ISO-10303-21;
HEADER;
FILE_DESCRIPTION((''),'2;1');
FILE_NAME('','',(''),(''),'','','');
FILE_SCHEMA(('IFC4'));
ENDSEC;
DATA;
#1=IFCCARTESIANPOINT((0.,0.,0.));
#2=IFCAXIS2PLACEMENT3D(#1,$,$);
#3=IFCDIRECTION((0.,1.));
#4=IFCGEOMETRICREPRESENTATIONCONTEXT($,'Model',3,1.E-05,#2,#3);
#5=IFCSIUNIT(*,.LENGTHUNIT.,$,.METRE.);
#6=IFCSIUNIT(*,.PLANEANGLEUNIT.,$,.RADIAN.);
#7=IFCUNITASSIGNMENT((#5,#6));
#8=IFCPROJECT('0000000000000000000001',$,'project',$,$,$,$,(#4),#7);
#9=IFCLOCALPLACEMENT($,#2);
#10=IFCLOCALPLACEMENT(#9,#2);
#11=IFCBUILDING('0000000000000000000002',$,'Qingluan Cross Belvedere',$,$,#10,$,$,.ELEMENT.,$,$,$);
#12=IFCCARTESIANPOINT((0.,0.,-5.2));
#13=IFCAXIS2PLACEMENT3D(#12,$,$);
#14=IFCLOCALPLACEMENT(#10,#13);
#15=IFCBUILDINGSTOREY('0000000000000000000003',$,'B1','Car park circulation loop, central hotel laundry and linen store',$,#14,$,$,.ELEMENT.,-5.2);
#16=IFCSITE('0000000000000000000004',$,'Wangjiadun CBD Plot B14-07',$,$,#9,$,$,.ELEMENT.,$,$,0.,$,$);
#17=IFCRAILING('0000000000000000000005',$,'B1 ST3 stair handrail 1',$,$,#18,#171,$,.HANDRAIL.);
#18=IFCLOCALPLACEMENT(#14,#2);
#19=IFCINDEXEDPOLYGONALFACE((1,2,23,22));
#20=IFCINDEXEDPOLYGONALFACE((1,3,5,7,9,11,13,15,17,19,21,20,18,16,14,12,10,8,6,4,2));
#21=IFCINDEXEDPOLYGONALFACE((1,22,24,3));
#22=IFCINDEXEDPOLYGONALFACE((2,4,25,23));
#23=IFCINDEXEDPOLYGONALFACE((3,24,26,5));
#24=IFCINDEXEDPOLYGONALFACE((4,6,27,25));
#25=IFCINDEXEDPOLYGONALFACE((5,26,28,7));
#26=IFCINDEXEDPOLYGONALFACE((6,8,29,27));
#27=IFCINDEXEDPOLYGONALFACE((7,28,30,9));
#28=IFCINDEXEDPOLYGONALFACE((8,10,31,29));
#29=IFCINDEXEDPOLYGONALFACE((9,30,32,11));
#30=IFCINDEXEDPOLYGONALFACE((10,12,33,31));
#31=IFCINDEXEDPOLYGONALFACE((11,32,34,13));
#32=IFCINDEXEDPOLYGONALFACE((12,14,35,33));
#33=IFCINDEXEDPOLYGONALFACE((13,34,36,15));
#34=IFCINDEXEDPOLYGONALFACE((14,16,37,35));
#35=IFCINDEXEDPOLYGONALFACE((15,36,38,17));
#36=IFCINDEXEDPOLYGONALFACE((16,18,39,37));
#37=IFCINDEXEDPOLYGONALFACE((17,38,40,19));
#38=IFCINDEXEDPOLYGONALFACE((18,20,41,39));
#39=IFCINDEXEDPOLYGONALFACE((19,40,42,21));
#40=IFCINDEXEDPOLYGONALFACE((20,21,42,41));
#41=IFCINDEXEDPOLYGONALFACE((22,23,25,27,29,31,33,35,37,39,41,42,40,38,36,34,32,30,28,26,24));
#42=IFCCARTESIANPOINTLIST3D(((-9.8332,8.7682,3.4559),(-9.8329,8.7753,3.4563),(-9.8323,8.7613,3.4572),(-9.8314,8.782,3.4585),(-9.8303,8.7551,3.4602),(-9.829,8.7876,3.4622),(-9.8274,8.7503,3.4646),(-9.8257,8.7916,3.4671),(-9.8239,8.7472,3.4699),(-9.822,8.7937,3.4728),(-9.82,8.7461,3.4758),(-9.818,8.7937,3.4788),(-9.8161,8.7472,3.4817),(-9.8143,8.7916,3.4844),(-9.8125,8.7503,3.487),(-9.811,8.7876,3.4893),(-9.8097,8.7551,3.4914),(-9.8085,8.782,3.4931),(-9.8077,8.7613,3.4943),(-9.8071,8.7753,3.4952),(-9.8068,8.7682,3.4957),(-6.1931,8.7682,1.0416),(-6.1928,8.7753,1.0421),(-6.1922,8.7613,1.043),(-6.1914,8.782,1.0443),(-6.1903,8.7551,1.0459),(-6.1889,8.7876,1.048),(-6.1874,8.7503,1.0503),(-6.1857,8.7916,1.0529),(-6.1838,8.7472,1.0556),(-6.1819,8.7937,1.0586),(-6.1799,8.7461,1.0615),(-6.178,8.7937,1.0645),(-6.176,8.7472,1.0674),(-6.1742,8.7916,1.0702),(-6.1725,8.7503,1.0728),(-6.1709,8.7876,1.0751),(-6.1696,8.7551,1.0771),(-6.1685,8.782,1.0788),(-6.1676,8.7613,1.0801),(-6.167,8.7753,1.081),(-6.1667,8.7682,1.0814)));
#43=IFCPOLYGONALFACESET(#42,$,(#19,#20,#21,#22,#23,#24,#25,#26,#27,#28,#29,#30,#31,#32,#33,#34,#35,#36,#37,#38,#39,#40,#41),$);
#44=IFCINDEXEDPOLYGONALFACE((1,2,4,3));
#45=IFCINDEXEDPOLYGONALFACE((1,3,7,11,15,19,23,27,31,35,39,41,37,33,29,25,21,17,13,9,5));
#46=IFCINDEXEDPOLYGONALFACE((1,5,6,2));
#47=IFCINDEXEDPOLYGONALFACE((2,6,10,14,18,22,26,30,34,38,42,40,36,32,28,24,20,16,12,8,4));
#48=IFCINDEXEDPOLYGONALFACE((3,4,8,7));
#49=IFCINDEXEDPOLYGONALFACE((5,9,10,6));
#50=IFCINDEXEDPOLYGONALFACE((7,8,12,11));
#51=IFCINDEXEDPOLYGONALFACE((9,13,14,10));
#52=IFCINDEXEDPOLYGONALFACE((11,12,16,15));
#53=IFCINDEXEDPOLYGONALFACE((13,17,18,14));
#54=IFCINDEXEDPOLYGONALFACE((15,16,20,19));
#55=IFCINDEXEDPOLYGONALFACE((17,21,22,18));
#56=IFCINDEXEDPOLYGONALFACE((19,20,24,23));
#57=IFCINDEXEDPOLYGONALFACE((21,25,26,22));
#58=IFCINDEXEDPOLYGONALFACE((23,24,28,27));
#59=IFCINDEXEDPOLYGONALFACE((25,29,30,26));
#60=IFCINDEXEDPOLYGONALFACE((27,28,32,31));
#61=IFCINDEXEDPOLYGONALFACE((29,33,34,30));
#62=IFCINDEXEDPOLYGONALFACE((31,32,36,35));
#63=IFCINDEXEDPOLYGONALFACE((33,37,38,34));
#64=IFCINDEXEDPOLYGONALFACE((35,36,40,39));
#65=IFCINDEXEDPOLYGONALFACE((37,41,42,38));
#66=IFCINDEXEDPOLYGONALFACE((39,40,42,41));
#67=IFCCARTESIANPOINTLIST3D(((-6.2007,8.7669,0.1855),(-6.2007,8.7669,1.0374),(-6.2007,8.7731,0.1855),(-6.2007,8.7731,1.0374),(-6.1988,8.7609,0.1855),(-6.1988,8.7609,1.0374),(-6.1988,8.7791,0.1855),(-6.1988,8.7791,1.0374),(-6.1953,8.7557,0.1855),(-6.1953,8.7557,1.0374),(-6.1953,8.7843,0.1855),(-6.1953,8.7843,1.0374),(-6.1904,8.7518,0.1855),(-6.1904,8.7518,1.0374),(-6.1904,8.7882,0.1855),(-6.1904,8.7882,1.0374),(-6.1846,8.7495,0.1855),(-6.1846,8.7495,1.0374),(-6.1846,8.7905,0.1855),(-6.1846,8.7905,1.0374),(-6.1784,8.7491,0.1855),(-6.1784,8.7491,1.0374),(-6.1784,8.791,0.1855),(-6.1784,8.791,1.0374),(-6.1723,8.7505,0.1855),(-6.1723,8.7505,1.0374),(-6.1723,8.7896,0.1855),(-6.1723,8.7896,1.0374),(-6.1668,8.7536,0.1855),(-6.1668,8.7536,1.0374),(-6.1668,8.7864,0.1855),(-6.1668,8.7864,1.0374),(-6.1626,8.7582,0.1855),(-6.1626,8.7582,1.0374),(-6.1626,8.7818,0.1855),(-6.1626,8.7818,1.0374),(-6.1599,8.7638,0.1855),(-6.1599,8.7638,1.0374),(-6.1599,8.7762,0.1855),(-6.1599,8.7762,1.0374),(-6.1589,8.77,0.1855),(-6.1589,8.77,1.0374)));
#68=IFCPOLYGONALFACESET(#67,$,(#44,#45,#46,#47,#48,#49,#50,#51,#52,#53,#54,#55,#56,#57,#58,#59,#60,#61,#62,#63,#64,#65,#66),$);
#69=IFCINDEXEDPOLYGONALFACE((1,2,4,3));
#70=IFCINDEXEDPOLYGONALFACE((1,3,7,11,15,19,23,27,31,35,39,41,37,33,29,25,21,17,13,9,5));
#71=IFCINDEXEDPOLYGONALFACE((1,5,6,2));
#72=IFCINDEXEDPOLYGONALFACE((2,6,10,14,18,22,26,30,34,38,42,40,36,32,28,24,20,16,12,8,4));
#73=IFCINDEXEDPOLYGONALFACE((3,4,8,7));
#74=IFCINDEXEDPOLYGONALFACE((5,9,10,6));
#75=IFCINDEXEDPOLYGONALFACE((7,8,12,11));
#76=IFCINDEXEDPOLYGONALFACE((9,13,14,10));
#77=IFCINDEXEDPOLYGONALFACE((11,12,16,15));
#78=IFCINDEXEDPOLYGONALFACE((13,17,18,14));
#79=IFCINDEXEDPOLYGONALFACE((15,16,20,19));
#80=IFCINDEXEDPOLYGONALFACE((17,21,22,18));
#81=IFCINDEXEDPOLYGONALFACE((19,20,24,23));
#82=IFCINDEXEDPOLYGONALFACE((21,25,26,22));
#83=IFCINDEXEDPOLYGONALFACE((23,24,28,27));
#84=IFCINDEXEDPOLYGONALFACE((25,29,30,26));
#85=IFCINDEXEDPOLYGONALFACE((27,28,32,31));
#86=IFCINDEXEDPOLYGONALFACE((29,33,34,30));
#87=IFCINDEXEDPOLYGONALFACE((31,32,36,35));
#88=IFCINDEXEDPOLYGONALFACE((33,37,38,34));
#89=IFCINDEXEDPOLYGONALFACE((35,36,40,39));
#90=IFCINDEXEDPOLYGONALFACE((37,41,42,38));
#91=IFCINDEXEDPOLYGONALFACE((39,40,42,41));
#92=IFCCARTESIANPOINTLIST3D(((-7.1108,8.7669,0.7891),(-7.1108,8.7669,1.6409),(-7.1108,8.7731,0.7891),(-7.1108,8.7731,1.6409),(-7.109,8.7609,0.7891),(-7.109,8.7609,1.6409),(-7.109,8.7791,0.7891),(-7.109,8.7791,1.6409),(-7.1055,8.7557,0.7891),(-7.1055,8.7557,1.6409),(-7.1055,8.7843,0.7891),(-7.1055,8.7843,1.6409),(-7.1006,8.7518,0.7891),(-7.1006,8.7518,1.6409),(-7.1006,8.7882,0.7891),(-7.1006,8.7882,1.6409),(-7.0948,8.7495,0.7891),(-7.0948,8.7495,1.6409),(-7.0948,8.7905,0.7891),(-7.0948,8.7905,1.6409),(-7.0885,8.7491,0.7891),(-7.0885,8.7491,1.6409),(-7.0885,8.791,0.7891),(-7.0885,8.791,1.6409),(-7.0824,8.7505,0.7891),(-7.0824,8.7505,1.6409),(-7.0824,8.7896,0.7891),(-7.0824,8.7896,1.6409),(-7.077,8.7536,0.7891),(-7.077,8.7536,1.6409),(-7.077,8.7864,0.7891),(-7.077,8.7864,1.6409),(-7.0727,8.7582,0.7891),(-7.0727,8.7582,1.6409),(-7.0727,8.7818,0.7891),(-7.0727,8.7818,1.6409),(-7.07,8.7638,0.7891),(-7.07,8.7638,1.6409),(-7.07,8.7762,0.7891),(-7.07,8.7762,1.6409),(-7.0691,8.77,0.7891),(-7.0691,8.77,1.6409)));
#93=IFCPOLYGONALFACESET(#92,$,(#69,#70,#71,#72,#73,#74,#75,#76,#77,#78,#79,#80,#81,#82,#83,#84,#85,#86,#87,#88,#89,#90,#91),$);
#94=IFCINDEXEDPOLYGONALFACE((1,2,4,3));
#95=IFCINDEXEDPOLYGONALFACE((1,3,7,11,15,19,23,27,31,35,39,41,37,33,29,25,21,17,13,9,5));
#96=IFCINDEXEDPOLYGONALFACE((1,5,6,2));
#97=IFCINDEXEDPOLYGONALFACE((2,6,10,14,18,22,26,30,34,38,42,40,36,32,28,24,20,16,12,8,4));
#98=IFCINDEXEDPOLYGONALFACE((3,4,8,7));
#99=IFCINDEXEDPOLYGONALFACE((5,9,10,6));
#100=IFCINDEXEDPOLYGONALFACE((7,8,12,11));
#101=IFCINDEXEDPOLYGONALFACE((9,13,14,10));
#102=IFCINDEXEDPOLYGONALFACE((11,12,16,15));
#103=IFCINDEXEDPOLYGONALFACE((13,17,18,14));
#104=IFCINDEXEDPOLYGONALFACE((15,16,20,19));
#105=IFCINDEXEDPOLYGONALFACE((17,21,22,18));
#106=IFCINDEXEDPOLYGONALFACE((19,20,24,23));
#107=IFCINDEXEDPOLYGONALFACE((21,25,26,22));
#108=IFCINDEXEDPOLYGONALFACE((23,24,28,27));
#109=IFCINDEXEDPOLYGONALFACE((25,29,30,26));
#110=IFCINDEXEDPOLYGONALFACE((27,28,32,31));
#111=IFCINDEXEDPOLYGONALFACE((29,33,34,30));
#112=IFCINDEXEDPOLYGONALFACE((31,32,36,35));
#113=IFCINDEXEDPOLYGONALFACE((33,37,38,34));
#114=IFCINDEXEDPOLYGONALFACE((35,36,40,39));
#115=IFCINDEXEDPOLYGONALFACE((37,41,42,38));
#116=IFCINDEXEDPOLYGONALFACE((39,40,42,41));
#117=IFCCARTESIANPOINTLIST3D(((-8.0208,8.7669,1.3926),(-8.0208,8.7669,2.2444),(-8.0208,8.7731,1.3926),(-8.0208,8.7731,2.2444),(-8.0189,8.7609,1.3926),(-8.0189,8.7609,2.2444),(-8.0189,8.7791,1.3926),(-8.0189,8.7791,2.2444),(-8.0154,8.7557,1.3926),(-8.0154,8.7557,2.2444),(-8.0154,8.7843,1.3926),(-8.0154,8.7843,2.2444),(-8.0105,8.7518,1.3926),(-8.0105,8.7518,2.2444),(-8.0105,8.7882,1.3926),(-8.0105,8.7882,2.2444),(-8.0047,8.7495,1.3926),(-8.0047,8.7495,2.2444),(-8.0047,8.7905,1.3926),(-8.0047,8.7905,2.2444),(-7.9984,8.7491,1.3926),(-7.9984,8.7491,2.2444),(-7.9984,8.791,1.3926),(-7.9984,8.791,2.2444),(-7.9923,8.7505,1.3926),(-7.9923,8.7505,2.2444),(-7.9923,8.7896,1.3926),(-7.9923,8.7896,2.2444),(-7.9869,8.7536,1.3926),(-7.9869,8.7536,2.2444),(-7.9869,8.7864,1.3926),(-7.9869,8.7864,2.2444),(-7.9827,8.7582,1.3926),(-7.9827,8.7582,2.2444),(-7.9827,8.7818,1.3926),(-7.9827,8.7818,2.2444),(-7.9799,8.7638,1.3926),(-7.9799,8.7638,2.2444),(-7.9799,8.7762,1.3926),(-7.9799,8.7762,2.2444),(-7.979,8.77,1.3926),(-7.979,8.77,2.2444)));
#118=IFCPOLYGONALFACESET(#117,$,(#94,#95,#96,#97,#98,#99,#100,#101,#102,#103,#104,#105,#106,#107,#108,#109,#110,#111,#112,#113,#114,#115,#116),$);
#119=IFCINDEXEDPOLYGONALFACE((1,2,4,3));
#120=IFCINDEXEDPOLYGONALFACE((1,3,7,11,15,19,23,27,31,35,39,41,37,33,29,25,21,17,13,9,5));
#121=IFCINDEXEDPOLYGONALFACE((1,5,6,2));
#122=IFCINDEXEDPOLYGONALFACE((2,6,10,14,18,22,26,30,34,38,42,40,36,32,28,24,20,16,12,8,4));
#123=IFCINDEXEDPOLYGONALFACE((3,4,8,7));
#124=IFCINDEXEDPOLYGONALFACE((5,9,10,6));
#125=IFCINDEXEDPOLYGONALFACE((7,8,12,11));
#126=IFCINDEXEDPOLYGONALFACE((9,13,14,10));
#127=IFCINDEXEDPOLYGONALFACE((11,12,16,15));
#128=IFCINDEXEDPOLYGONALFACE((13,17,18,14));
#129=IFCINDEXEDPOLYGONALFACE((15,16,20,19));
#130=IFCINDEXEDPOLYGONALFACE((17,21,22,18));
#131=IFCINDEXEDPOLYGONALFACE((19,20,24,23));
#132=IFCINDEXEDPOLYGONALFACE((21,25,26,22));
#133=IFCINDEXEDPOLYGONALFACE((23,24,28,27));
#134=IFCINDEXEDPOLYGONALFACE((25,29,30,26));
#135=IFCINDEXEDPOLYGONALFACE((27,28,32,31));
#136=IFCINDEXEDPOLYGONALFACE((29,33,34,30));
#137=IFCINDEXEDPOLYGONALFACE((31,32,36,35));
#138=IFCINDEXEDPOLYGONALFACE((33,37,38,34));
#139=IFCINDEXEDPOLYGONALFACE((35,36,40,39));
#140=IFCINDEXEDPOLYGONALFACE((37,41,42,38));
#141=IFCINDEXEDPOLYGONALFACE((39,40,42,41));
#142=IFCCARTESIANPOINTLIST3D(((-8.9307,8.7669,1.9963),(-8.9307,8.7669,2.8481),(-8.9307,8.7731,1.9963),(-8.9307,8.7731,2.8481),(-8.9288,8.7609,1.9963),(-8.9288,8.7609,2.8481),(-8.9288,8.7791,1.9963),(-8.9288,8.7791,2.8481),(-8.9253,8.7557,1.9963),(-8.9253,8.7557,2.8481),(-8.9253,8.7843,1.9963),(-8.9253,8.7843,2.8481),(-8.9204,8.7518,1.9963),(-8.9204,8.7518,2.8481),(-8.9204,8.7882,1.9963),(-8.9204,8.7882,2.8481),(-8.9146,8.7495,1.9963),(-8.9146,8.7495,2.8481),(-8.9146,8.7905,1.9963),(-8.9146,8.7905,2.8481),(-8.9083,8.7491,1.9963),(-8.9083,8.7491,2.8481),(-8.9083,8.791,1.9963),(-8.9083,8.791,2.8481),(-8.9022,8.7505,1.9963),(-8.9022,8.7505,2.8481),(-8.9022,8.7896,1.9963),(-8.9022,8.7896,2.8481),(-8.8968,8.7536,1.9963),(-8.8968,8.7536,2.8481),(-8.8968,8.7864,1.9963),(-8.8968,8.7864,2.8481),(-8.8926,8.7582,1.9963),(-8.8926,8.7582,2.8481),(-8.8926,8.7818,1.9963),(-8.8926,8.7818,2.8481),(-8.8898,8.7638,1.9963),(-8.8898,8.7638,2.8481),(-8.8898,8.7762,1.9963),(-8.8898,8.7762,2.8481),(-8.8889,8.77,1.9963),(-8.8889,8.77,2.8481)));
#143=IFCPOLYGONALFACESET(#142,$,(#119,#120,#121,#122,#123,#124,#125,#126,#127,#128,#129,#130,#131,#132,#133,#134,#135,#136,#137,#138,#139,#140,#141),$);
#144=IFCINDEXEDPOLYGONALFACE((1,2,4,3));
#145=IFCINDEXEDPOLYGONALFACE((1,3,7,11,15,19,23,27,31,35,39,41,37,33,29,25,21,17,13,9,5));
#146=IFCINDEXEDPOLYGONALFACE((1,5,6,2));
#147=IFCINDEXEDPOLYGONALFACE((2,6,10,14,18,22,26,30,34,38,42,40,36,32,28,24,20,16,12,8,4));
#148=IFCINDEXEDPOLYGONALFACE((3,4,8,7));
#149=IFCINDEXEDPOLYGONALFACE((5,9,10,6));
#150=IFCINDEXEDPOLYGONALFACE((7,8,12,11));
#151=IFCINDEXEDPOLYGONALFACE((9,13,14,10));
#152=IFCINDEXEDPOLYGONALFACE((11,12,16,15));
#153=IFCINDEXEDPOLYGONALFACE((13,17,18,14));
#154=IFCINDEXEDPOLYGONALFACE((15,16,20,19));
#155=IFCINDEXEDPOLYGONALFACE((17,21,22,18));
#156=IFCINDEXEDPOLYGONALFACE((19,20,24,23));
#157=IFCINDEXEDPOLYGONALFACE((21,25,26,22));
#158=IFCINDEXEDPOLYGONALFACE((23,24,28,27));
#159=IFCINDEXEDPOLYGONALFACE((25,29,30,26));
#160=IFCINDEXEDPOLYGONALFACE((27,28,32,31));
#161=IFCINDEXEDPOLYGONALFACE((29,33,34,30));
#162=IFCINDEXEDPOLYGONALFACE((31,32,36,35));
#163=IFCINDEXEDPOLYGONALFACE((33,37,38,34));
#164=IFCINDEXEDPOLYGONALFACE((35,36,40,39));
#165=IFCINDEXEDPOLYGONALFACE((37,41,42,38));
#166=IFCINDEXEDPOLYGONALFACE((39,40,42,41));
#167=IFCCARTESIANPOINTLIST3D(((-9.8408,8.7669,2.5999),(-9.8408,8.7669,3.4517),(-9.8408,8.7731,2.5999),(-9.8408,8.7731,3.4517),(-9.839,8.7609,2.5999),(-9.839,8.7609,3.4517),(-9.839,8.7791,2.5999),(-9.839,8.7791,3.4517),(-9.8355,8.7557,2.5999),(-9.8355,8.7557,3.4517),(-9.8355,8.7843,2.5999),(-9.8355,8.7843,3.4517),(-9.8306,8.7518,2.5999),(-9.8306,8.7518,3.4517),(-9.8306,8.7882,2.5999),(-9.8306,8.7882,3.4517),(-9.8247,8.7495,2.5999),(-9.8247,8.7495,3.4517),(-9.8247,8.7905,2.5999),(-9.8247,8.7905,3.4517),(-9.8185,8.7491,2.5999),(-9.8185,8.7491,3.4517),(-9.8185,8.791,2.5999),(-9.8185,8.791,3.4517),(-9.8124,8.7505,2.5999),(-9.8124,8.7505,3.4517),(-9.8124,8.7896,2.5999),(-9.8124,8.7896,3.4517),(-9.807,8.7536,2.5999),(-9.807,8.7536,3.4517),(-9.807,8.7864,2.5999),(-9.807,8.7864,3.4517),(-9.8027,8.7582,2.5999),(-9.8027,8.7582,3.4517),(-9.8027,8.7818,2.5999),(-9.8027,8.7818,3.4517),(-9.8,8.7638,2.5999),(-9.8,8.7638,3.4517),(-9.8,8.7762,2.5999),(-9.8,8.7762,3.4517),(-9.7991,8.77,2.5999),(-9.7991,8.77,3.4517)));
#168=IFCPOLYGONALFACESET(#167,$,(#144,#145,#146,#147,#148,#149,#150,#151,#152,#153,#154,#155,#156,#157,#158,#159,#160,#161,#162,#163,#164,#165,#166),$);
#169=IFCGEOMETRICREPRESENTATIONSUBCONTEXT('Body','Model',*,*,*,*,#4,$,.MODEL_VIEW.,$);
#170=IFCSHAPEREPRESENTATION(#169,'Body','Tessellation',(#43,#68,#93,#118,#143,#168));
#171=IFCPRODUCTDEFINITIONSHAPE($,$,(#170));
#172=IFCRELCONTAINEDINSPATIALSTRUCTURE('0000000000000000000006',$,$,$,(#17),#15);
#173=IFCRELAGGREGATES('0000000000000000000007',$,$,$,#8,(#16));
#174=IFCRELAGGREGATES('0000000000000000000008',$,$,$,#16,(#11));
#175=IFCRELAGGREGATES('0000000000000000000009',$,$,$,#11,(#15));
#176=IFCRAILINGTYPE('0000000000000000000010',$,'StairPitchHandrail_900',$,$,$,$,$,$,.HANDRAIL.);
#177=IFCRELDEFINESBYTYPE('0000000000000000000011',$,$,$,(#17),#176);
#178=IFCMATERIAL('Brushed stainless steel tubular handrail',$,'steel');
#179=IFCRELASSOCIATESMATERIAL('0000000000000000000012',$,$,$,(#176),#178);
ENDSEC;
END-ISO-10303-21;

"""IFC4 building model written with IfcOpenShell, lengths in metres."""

from ifc_helpers import new_model, si_unit, direction, frame, origin, origin_2d, place, context, subcontext, project, spatial, circle, extrude, material, type_object, element, save


model = new_model("IFC4")

# Units and contexts
model_context = context("Model", 3, precision=1e-05, world=origin(), true_north=direction((0.0, 1.0)))
body_context = subcontext(model_context, "Body", "Model", "MODEL_VIEW")
ifc_project = project(units=[si_unit("LENGTHUNIT", "METRE"), si_unit("PLANEANGLEUNIT", "RADIAN")], contexts=[model_context])

# Site, building, storey
site_placement = place(None, origin())
site = spatial("IfcSite", under=ifc_project, at=site_placement, Name="Wangjiadun CBD Plot B14-07", CompositionType="ELEMENT", RefElevation=0.0)
building_placement = place(site_placement, origin())
building = spatial("IfcBuilding", under=site, at=building_placement, Name="Qingluan Cross Belvedere", CompositionType="ELEMENT")
storey_placement = place(building_placement, frame((0.0, 0.0, -5.2)))
storey = spatial("IfcBuildingStorey", under=building, at=storey_placement, Name="B1", Description="Car park circulation loop, central hotel laundry and linen store", CompositionType="ELEMENT", Elevation=-5.2)

# Railing
ifc_material_1 = material(Name="Brushed stainless steel tubular handrail", Category="steel")
railing_type_1 = type_object("IfcRailingType", Name="StairPitchHandrail_900", PredefinedType="HANDRAIL", material=ifc_material_1)
railing_1_placement = place(storey_placement, frame((-6.1799, 8.77, 0.1855)))
element("IfcRailing", 1, at=railing_1_placement, inside=storey, type_object=railing_type_1, Name="B1 ST3 stair handrail 1", PredefinedType="HANDRAIL", context=body_context, shape_type="SweptSolid", body=[
    extrude(circle(Radius=0.0239, at=origin_2d()), frame((0.0, 0.0, 0.876), z_axis=(-0.833364, 0.0, 0.552725), x_axis=(0.0, -1.0, 0.0)), (0.0, 0.0, 1.0), 4.3679),
    extrude(circle(Radius=0.021, at=origin_2d()), origin(), (0.0, 0.0, 1.0), 0.8518),
    extrude(circle(Radius=0.021, at=origin_2d()), frame((-0.9102, 0.0, 0.6035)), (0.0, 0.0, 1.0), 0.8518),
    extrude(circle(Radius=0.021, at=origin_2d()), frame((-1.8201, 0.0, 1.207)), (0.0, 0.0, 1.0), 0.8518),
    extrude(circle(Radius=0.021, at=origin_2d()), frame((-2.73, 0.0, 1.8108)), (0.0, 0.0, 1.0), 0.8518),
    extrude(circle(Radius=0.021, at=origin_2d()), frame((-3.6401, 0.0, 2.4143)), (0.0, 0.0, 1.0), 0.8518),
])

save(model, "model.ifc")
